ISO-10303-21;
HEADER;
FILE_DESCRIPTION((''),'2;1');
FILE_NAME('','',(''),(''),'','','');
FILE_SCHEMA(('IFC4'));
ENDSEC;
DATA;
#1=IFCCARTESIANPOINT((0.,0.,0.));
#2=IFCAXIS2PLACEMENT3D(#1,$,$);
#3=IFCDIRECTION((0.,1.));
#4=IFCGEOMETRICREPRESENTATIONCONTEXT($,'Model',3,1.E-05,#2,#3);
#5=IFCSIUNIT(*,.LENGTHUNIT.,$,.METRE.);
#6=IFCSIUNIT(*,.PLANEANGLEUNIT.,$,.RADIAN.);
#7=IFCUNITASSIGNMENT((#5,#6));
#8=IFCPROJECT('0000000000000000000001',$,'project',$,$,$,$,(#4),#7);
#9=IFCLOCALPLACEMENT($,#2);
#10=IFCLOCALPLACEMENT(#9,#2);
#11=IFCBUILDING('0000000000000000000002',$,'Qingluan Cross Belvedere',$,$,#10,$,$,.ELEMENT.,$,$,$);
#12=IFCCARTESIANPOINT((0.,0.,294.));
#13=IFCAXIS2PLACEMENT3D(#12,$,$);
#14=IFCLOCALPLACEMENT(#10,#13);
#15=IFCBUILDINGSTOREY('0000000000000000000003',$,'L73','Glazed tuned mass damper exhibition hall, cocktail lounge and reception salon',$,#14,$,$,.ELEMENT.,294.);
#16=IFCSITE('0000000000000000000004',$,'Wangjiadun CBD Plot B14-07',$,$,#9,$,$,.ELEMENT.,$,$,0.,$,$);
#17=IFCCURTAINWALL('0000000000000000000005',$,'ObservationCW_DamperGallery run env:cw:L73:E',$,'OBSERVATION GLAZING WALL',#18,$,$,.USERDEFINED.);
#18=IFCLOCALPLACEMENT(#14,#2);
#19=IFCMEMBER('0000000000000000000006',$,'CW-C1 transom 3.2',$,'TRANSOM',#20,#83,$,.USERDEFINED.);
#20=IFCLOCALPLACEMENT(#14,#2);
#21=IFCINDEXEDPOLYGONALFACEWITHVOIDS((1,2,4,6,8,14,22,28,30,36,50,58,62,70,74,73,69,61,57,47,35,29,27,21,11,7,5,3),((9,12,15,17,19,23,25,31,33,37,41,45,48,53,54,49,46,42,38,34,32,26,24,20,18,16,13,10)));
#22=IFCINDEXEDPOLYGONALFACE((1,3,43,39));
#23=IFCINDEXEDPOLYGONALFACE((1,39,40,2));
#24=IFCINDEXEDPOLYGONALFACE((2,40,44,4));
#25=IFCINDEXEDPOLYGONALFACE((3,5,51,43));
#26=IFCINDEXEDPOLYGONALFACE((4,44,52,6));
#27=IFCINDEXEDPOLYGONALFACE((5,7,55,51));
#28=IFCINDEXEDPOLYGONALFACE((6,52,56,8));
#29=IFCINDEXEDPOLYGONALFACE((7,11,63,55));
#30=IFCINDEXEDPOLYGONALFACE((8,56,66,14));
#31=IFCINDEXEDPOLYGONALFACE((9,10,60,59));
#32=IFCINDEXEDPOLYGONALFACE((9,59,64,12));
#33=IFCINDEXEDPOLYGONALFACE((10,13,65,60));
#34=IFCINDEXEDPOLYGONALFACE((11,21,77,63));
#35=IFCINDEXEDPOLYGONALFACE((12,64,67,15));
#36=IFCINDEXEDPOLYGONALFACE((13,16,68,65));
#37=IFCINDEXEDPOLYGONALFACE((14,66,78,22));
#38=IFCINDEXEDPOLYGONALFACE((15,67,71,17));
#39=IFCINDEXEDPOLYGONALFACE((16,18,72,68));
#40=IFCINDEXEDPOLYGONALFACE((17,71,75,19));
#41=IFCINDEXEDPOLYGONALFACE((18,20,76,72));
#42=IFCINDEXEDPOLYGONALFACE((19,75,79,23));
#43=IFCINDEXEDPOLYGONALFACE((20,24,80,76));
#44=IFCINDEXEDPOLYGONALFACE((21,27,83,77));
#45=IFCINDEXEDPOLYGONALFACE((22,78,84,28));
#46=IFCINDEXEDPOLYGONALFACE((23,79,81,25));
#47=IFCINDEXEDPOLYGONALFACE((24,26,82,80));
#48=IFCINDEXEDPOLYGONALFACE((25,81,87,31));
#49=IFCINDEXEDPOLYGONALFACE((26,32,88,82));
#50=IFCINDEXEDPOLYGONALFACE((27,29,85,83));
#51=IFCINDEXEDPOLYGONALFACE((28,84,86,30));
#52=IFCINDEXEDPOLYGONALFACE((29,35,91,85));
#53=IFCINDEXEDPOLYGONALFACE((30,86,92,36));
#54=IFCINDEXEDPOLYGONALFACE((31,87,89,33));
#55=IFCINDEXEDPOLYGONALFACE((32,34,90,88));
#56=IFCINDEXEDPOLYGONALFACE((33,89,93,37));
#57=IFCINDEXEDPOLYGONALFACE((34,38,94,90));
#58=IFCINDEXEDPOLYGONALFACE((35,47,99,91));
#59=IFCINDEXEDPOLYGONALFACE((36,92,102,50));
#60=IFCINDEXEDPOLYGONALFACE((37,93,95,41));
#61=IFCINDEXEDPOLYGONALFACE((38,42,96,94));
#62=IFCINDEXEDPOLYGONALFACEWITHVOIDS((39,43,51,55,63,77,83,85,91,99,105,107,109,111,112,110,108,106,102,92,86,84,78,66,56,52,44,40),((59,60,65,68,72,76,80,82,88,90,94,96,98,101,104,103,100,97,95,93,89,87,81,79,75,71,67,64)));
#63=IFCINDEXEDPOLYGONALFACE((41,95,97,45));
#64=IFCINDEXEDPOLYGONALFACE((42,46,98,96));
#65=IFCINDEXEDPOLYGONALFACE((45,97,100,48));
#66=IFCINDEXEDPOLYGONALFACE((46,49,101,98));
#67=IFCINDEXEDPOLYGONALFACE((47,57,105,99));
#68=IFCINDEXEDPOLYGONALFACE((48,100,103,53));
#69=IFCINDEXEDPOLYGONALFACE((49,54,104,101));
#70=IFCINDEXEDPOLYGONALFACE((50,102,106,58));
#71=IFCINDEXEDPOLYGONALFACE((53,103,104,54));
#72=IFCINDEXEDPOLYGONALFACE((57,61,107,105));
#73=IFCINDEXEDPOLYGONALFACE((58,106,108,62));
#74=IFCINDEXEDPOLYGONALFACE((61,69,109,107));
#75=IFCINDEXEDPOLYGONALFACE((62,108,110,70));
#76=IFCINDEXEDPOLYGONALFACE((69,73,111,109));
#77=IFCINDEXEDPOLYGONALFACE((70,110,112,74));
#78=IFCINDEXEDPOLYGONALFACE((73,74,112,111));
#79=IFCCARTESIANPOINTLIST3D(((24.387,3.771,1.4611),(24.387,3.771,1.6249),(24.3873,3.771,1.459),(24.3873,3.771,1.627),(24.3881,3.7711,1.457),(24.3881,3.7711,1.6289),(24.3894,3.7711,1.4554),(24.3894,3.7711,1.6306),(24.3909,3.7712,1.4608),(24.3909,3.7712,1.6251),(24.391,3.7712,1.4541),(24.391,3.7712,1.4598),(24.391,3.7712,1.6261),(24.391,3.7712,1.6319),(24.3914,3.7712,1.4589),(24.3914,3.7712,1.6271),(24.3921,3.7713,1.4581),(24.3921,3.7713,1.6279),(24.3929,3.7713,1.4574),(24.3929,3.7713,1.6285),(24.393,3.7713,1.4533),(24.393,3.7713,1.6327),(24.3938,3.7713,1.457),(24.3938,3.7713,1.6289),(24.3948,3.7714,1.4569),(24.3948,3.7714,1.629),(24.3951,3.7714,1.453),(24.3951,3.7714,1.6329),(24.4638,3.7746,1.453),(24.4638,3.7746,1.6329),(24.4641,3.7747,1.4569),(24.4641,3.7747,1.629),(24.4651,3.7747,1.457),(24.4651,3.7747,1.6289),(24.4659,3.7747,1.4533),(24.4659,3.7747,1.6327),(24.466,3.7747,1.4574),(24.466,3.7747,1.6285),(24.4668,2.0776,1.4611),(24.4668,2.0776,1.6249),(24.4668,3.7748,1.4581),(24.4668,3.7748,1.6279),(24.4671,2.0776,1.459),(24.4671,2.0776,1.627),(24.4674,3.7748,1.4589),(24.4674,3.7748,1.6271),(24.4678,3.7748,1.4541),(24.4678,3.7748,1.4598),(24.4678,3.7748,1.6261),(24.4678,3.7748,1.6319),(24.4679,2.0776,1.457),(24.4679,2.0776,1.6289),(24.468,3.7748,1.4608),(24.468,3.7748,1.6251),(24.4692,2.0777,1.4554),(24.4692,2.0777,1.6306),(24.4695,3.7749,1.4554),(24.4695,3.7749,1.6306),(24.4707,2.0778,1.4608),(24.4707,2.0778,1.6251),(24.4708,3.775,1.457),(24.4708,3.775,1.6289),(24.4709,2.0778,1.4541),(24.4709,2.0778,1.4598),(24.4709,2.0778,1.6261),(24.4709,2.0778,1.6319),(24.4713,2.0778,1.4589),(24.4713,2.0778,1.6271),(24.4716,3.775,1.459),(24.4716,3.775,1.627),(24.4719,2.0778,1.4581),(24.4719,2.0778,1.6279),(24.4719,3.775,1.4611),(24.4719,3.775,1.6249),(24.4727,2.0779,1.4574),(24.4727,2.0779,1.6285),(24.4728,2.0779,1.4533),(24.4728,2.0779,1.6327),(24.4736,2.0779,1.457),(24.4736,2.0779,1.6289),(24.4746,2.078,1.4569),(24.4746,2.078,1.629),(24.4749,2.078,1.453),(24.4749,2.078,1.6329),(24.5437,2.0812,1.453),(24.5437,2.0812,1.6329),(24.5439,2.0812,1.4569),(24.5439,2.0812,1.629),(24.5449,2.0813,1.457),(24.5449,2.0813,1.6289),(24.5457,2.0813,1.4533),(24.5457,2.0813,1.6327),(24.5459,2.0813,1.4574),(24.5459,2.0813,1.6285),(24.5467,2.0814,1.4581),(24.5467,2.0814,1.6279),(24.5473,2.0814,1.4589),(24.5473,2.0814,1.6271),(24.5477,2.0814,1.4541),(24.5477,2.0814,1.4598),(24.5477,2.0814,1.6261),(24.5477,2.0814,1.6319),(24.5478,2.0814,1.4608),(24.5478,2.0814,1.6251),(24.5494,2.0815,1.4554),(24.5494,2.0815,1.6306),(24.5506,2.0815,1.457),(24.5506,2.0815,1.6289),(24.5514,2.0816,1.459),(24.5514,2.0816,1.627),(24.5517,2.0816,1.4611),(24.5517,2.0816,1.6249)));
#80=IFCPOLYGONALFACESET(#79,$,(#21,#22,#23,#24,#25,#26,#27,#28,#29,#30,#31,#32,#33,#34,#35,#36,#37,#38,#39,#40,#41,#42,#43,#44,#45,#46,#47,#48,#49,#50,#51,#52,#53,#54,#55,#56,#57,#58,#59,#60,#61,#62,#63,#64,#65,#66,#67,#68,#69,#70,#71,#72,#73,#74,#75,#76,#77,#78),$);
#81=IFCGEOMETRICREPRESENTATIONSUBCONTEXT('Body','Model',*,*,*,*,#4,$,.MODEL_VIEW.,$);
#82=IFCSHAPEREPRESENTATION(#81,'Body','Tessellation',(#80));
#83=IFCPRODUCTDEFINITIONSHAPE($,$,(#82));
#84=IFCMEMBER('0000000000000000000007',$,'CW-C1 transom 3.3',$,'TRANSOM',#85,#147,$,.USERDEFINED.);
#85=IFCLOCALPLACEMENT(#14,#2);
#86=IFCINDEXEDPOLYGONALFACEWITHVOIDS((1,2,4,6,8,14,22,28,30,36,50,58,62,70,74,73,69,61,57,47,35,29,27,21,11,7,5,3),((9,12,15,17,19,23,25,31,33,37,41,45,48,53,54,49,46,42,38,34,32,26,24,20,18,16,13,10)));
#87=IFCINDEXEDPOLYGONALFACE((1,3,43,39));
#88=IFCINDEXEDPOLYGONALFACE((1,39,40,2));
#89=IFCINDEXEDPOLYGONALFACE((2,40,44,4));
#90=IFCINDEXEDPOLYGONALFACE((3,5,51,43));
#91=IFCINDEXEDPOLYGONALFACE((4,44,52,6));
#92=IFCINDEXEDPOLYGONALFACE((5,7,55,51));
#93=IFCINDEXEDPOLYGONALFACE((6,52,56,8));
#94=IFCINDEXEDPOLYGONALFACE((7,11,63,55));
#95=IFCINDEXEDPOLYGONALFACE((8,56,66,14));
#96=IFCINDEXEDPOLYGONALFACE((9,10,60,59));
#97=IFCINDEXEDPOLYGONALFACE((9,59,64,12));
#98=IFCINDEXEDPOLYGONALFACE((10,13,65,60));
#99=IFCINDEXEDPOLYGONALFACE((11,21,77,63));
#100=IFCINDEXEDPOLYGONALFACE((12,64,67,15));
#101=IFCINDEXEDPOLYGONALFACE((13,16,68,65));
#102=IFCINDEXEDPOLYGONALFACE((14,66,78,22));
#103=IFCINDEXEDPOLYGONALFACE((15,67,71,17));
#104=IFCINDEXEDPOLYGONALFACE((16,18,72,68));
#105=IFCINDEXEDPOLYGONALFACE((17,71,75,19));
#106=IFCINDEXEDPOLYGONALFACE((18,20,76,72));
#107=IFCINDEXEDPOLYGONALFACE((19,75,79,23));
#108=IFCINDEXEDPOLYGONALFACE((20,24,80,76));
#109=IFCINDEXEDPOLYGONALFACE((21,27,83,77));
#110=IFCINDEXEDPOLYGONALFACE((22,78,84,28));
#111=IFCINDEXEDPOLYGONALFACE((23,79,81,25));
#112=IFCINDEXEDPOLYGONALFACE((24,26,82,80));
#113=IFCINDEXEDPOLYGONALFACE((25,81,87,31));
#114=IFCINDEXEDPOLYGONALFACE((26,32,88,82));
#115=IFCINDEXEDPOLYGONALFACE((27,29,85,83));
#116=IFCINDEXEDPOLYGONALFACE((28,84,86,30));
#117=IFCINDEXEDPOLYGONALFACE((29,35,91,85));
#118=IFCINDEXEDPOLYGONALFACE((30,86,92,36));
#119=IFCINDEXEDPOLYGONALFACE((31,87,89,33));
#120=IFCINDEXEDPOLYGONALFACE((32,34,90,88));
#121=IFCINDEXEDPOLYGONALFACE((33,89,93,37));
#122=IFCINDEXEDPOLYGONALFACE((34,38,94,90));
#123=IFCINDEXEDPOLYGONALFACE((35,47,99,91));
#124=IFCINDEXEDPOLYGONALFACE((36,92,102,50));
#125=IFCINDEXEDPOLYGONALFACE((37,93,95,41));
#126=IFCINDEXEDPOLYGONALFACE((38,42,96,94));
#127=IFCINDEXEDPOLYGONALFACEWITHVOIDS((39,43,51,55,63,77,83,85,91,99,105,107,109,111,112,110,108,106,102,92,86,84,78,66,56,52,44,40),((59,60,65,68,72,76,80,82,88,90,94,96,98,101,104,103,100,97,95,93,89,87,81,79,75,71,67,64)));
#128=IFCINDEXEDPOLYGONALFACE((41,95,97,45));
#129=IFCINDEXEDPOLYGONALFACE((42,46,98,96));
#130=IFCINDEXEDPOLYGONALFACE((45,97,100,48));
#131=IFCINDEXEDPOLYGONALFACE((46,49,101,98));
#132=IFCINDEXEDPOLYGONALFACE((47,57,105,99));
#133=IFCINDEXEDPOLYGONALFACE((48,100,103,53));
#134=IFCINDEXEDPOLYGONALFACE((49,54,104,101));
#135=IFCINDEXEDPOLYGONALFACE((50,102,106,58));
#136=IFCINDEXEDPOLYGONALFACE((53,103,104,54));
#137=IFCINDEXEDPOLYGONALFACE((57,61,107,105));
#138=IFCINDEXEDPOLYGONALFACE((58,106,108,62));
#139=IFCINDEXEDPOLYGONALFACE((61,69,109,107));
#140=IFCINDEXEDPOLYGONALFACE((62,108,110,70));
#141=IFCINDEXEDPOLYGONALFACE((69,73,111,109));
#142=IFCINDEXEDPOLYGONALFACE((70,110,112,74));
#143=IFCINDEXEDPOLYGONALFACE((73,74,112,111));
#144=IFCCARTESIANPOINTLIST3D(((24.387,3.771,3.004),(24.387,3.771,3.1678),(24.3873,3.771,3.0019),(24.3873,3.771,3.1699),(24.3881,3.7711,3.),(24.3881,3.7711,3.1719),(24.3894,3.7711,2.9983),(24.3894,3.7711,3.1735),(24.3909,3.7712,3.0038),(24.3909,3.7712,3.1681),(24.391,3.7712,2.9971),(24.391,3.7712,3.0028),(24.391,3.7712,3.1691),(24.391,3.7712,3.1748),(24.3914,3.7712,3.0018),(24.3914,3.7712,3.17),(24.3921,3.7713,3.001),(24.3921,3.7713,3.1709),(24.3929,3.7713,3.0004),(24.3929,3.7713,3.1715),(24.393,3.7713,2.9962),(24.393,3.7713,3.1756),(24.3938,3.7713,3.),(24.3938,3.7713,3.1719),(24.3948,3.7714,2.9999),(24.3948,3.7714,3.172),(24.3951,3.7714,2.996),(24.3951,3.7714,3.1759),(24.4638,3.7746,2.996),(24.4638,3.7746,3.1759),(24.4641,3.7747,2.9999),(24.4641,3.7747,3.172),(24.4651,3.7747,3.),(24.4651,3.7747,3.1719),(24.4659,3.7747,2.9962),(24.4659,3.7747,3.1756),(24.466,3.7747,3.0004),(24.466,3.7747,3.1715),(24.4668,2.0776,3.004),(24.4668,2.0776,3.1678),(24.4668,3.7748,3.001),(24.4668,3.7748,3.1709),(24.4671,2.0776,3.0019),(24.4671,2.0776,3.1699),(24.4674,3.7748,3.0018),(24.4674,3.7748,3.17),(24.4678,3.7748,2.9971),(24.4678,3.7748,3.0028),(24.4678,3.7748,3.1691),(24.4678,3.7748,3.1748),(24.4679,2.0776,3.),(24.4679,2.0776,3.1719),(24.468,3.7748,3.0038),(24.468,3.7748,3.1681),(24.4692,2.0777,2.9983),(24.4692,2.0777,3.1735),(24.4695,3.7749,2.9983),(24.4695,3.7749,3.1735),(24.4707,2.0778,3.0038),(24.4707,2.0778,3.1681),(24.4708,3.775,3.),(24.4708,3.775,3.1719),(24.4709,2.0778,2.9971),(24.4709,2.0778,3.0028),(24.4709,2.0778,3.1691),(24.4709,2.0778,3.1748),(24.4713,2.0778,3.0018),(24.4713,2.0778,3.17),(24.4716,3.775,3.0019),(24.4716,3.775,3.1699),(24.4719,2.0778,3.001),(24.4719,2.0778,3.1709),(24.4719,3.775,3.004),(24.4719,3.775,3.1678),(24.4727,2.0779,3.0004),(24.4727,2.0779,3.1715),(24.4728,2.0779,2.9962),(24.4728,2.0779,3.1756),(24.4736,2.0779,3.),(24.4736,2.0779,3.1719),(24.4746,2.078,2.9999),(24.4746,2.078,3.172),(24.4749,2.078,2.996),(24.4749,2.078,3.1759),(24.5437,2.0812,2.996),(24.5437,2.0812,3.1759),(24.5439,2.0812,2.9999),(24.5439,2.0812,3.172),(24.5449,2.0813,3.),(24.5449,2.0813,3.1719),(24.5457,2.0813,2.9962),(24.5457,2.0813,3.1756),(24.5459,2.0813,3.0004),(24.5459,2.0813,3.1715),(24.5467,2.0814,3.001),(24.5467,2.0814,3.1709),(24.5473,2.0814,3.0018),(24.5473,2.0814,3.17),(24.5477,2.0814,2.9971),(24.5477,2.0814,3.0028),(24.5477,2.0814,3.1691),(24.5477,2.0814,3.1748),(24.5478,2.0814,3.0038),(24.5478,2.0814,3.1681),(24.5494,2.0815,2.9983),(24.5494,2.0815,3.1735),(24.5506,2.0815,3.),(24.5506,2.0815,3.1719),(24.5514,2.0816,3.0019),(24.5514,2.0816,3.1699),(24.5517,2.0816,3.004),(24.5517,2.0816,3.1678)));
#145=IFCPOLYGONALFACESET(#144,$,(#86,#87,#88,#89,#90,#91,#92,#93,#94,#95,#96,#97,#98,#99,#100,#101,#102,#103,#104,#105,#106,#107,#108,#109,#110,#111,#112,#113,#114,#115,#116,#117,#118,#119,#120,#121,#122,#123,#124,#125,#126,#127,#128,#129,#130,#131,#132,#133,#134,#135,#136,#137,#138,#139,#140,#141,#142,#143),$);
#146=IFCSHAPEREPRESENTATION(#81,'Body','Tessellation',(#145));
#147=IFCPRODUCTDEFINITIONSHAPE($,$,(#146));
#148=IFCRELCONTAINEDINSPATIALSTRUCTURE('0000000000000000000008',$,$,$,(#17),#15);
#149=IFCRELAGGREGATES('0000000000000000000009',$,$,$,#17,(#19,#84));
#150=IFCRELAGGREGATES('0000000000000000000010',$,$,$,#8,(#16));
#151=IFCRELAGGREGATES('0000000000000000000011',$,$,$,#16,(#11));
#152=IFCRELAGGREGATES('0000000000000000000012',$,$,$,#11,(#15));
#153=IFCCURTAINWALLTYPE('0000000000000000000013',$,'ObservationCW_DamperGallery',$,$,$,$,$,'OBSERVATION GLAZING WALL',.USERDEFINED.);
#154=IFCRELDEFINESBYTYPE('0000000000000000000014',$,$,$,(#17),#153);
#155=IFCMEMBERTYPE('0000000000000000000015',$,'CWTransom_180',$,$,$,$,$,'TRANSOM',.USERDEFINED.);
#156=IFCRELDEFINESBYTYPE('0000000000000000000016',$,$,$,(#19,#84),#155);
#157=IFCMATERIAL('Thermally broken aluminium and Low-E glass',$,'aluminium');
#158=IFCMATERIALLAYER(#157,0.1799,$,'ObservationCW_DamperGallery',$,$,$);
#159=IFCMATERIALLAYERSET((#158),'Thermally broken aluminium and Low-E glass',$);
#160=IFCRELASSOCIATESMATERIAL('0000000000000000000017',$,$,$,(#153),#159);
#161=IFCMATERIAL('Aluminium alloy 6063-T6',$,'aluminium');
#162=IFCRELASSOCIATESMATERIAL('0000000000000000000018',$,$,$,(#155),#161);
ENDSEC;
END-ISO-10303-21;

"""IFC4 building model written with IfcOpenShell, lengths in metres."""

from ifc_helpers import new_model, si_unit, direction, frame, origin, origin_2d, place, context, subcontext, project, spatial, hollow_rectangle, extrude, material, layer, layer_set, material_profile, profile_set, type_object, element, aggregate, save


model = new_model("IFC4")

# Units and contexts
model_context = context("Model", 3, precision=1e-05, world=origin(), true_north=direction((0.0, 1.0)))
body_context = subcontext(model_context, "Body", "Model", "MODEL_VIEW")
ifc_project = project(units=[si_unit("LENGTHUNIT", "METRE"), si_unit("PLANEANGLEUNIT", "RADIAN")], contexts=[model_context])

# Site, building, storey
site_placement = place(None, origin())
site = spatial("IfcSite", under=ifc_project, at=site_placement, Name="Wangjiadun CBD Plot B14-07", CompositionType="ELEMENT", RefElevation=0.0)
building_placement = place(site_placement, origin())
building = spatial("IfcBuilding", under=site, at=building_placement, Name="Qingluan Cross Belvedere", CompositionType="ELEMENT")
storey_placement = place(building_placement, frame((0.0, 0.0, 294.0)))
storey = spatial("IfcBuildingStorey", under=building, at=storey_placement, Name="L73", Description="Glazed tuned mass damper exhibition hall, cocktail lounge and reception salon", CompositionType="ELEMENT", Elevation=294.0)

# Curtain wall, members
ifc_material_1 = material(Name="Thermally broken aluminium and Low-E glass", Category="aluminium")
ifc_layer_1 = layer(ifc_material_1, 0.1799, Name="ObservationCW_DamperGallery")
ifc_layer_set_1 = layer_set([ifc_layer_1], Name="Thermally broken aluminium and Low-E glass")
curtain_wall_type = type_object("IfcCurtainWallType", Name="ObservationCW_DamperGallery", ElementType="OBSERVATION GLAZING WALL", PredefinedType="USERDEFINED", material=ifc_layer_set_1)
curtain_wall_placement = place(storey_placement, origin())
curtain_wall = element("IfcCurtainWall", 1, at=curtain_wall_placement, inside=storey, type_object=curtain_wall_type, Name="ObservationCW_DamperGallery run env:cw:L73:E", ObjectType="OBSERVATION GLAZING WALL", PredefinedType="USERDEFINED")
ifc_material_2 = material(Name="Aluminium alloy 6063-T6", Category="aluminium")
ifc_material_profile_1 = material_profile(ifc_material_2, hollow_rectangle(XDim=0.085, YDim=0.1799, WallThickness=0.0039, InnerFilletRadius=0.0039, OuterFilletRadius=0.0081, at=origin_2d()), Name="CWT180x85x4")
ifc_profile_set_1 = profile_set([ifc_material_profile_1], Name="Aluminium alloy 6063-T6")
member_type_1 = type_object("IfcMemberType", Name="CWTransom_180", ElementType="TRANSOM", PredefinedType="USERDEFINED", material=ifc_profile_set_1)
member_1_placement = place(storey_placement, frame((24.5093, 2.0796, 1.543), z_axis=(-0.047093, 0.998891, 0.0), x_axis=(-0.998891, -0.047093, 0.0)))
member_1 = element("IfcMember", 2, at=member_1_placement, type_object=member_type_1, Name="CW-C1 transom 3.2", ObjectType="TRANSOM", PredefinedType="USERDEFINED", context=body_context, shape_type="SweptSolid", body=[
    extrude(hollow_rectangle(XDim=0.085, YDim=0.1799, WallThickness=0.0039, InnerFilletRadius=0.0039, OuterFilletRadius=0.0081, at=origin_2d()), origin(), (0.0, 0.0, 1.0), 1.6953),
])
member_2_placement = place(storey_placement, frame((24.5093, 2.0796, 3.0859), z_axis=(-0.047093, 0.998891, 0.0), x_axis=(-0.998891, -0.047093, 0.0)))
member_2 = element("IfcMember", 3, at=member_2_placement, type_object=member_type_1, Name="CW-C1 transom 3.3", ObjectType="TRANSOM", PredefinedType="USERDEFINED", context=body_context, shape_type="SweptSolid", body=[
    extrude(hollow_rectangle(XDim=0.085, YDim=0.1799, WallThickness=0.0039, InnerFilletRadius=0.0039, OuterFilletRadius=0.0081, at=origin_2d()), origin(), (0.0, 0.0, 1.0), 1.6953),
])
aggregate(curtain_wall, [member_1, member_2])

save(model, "model.ifc")
